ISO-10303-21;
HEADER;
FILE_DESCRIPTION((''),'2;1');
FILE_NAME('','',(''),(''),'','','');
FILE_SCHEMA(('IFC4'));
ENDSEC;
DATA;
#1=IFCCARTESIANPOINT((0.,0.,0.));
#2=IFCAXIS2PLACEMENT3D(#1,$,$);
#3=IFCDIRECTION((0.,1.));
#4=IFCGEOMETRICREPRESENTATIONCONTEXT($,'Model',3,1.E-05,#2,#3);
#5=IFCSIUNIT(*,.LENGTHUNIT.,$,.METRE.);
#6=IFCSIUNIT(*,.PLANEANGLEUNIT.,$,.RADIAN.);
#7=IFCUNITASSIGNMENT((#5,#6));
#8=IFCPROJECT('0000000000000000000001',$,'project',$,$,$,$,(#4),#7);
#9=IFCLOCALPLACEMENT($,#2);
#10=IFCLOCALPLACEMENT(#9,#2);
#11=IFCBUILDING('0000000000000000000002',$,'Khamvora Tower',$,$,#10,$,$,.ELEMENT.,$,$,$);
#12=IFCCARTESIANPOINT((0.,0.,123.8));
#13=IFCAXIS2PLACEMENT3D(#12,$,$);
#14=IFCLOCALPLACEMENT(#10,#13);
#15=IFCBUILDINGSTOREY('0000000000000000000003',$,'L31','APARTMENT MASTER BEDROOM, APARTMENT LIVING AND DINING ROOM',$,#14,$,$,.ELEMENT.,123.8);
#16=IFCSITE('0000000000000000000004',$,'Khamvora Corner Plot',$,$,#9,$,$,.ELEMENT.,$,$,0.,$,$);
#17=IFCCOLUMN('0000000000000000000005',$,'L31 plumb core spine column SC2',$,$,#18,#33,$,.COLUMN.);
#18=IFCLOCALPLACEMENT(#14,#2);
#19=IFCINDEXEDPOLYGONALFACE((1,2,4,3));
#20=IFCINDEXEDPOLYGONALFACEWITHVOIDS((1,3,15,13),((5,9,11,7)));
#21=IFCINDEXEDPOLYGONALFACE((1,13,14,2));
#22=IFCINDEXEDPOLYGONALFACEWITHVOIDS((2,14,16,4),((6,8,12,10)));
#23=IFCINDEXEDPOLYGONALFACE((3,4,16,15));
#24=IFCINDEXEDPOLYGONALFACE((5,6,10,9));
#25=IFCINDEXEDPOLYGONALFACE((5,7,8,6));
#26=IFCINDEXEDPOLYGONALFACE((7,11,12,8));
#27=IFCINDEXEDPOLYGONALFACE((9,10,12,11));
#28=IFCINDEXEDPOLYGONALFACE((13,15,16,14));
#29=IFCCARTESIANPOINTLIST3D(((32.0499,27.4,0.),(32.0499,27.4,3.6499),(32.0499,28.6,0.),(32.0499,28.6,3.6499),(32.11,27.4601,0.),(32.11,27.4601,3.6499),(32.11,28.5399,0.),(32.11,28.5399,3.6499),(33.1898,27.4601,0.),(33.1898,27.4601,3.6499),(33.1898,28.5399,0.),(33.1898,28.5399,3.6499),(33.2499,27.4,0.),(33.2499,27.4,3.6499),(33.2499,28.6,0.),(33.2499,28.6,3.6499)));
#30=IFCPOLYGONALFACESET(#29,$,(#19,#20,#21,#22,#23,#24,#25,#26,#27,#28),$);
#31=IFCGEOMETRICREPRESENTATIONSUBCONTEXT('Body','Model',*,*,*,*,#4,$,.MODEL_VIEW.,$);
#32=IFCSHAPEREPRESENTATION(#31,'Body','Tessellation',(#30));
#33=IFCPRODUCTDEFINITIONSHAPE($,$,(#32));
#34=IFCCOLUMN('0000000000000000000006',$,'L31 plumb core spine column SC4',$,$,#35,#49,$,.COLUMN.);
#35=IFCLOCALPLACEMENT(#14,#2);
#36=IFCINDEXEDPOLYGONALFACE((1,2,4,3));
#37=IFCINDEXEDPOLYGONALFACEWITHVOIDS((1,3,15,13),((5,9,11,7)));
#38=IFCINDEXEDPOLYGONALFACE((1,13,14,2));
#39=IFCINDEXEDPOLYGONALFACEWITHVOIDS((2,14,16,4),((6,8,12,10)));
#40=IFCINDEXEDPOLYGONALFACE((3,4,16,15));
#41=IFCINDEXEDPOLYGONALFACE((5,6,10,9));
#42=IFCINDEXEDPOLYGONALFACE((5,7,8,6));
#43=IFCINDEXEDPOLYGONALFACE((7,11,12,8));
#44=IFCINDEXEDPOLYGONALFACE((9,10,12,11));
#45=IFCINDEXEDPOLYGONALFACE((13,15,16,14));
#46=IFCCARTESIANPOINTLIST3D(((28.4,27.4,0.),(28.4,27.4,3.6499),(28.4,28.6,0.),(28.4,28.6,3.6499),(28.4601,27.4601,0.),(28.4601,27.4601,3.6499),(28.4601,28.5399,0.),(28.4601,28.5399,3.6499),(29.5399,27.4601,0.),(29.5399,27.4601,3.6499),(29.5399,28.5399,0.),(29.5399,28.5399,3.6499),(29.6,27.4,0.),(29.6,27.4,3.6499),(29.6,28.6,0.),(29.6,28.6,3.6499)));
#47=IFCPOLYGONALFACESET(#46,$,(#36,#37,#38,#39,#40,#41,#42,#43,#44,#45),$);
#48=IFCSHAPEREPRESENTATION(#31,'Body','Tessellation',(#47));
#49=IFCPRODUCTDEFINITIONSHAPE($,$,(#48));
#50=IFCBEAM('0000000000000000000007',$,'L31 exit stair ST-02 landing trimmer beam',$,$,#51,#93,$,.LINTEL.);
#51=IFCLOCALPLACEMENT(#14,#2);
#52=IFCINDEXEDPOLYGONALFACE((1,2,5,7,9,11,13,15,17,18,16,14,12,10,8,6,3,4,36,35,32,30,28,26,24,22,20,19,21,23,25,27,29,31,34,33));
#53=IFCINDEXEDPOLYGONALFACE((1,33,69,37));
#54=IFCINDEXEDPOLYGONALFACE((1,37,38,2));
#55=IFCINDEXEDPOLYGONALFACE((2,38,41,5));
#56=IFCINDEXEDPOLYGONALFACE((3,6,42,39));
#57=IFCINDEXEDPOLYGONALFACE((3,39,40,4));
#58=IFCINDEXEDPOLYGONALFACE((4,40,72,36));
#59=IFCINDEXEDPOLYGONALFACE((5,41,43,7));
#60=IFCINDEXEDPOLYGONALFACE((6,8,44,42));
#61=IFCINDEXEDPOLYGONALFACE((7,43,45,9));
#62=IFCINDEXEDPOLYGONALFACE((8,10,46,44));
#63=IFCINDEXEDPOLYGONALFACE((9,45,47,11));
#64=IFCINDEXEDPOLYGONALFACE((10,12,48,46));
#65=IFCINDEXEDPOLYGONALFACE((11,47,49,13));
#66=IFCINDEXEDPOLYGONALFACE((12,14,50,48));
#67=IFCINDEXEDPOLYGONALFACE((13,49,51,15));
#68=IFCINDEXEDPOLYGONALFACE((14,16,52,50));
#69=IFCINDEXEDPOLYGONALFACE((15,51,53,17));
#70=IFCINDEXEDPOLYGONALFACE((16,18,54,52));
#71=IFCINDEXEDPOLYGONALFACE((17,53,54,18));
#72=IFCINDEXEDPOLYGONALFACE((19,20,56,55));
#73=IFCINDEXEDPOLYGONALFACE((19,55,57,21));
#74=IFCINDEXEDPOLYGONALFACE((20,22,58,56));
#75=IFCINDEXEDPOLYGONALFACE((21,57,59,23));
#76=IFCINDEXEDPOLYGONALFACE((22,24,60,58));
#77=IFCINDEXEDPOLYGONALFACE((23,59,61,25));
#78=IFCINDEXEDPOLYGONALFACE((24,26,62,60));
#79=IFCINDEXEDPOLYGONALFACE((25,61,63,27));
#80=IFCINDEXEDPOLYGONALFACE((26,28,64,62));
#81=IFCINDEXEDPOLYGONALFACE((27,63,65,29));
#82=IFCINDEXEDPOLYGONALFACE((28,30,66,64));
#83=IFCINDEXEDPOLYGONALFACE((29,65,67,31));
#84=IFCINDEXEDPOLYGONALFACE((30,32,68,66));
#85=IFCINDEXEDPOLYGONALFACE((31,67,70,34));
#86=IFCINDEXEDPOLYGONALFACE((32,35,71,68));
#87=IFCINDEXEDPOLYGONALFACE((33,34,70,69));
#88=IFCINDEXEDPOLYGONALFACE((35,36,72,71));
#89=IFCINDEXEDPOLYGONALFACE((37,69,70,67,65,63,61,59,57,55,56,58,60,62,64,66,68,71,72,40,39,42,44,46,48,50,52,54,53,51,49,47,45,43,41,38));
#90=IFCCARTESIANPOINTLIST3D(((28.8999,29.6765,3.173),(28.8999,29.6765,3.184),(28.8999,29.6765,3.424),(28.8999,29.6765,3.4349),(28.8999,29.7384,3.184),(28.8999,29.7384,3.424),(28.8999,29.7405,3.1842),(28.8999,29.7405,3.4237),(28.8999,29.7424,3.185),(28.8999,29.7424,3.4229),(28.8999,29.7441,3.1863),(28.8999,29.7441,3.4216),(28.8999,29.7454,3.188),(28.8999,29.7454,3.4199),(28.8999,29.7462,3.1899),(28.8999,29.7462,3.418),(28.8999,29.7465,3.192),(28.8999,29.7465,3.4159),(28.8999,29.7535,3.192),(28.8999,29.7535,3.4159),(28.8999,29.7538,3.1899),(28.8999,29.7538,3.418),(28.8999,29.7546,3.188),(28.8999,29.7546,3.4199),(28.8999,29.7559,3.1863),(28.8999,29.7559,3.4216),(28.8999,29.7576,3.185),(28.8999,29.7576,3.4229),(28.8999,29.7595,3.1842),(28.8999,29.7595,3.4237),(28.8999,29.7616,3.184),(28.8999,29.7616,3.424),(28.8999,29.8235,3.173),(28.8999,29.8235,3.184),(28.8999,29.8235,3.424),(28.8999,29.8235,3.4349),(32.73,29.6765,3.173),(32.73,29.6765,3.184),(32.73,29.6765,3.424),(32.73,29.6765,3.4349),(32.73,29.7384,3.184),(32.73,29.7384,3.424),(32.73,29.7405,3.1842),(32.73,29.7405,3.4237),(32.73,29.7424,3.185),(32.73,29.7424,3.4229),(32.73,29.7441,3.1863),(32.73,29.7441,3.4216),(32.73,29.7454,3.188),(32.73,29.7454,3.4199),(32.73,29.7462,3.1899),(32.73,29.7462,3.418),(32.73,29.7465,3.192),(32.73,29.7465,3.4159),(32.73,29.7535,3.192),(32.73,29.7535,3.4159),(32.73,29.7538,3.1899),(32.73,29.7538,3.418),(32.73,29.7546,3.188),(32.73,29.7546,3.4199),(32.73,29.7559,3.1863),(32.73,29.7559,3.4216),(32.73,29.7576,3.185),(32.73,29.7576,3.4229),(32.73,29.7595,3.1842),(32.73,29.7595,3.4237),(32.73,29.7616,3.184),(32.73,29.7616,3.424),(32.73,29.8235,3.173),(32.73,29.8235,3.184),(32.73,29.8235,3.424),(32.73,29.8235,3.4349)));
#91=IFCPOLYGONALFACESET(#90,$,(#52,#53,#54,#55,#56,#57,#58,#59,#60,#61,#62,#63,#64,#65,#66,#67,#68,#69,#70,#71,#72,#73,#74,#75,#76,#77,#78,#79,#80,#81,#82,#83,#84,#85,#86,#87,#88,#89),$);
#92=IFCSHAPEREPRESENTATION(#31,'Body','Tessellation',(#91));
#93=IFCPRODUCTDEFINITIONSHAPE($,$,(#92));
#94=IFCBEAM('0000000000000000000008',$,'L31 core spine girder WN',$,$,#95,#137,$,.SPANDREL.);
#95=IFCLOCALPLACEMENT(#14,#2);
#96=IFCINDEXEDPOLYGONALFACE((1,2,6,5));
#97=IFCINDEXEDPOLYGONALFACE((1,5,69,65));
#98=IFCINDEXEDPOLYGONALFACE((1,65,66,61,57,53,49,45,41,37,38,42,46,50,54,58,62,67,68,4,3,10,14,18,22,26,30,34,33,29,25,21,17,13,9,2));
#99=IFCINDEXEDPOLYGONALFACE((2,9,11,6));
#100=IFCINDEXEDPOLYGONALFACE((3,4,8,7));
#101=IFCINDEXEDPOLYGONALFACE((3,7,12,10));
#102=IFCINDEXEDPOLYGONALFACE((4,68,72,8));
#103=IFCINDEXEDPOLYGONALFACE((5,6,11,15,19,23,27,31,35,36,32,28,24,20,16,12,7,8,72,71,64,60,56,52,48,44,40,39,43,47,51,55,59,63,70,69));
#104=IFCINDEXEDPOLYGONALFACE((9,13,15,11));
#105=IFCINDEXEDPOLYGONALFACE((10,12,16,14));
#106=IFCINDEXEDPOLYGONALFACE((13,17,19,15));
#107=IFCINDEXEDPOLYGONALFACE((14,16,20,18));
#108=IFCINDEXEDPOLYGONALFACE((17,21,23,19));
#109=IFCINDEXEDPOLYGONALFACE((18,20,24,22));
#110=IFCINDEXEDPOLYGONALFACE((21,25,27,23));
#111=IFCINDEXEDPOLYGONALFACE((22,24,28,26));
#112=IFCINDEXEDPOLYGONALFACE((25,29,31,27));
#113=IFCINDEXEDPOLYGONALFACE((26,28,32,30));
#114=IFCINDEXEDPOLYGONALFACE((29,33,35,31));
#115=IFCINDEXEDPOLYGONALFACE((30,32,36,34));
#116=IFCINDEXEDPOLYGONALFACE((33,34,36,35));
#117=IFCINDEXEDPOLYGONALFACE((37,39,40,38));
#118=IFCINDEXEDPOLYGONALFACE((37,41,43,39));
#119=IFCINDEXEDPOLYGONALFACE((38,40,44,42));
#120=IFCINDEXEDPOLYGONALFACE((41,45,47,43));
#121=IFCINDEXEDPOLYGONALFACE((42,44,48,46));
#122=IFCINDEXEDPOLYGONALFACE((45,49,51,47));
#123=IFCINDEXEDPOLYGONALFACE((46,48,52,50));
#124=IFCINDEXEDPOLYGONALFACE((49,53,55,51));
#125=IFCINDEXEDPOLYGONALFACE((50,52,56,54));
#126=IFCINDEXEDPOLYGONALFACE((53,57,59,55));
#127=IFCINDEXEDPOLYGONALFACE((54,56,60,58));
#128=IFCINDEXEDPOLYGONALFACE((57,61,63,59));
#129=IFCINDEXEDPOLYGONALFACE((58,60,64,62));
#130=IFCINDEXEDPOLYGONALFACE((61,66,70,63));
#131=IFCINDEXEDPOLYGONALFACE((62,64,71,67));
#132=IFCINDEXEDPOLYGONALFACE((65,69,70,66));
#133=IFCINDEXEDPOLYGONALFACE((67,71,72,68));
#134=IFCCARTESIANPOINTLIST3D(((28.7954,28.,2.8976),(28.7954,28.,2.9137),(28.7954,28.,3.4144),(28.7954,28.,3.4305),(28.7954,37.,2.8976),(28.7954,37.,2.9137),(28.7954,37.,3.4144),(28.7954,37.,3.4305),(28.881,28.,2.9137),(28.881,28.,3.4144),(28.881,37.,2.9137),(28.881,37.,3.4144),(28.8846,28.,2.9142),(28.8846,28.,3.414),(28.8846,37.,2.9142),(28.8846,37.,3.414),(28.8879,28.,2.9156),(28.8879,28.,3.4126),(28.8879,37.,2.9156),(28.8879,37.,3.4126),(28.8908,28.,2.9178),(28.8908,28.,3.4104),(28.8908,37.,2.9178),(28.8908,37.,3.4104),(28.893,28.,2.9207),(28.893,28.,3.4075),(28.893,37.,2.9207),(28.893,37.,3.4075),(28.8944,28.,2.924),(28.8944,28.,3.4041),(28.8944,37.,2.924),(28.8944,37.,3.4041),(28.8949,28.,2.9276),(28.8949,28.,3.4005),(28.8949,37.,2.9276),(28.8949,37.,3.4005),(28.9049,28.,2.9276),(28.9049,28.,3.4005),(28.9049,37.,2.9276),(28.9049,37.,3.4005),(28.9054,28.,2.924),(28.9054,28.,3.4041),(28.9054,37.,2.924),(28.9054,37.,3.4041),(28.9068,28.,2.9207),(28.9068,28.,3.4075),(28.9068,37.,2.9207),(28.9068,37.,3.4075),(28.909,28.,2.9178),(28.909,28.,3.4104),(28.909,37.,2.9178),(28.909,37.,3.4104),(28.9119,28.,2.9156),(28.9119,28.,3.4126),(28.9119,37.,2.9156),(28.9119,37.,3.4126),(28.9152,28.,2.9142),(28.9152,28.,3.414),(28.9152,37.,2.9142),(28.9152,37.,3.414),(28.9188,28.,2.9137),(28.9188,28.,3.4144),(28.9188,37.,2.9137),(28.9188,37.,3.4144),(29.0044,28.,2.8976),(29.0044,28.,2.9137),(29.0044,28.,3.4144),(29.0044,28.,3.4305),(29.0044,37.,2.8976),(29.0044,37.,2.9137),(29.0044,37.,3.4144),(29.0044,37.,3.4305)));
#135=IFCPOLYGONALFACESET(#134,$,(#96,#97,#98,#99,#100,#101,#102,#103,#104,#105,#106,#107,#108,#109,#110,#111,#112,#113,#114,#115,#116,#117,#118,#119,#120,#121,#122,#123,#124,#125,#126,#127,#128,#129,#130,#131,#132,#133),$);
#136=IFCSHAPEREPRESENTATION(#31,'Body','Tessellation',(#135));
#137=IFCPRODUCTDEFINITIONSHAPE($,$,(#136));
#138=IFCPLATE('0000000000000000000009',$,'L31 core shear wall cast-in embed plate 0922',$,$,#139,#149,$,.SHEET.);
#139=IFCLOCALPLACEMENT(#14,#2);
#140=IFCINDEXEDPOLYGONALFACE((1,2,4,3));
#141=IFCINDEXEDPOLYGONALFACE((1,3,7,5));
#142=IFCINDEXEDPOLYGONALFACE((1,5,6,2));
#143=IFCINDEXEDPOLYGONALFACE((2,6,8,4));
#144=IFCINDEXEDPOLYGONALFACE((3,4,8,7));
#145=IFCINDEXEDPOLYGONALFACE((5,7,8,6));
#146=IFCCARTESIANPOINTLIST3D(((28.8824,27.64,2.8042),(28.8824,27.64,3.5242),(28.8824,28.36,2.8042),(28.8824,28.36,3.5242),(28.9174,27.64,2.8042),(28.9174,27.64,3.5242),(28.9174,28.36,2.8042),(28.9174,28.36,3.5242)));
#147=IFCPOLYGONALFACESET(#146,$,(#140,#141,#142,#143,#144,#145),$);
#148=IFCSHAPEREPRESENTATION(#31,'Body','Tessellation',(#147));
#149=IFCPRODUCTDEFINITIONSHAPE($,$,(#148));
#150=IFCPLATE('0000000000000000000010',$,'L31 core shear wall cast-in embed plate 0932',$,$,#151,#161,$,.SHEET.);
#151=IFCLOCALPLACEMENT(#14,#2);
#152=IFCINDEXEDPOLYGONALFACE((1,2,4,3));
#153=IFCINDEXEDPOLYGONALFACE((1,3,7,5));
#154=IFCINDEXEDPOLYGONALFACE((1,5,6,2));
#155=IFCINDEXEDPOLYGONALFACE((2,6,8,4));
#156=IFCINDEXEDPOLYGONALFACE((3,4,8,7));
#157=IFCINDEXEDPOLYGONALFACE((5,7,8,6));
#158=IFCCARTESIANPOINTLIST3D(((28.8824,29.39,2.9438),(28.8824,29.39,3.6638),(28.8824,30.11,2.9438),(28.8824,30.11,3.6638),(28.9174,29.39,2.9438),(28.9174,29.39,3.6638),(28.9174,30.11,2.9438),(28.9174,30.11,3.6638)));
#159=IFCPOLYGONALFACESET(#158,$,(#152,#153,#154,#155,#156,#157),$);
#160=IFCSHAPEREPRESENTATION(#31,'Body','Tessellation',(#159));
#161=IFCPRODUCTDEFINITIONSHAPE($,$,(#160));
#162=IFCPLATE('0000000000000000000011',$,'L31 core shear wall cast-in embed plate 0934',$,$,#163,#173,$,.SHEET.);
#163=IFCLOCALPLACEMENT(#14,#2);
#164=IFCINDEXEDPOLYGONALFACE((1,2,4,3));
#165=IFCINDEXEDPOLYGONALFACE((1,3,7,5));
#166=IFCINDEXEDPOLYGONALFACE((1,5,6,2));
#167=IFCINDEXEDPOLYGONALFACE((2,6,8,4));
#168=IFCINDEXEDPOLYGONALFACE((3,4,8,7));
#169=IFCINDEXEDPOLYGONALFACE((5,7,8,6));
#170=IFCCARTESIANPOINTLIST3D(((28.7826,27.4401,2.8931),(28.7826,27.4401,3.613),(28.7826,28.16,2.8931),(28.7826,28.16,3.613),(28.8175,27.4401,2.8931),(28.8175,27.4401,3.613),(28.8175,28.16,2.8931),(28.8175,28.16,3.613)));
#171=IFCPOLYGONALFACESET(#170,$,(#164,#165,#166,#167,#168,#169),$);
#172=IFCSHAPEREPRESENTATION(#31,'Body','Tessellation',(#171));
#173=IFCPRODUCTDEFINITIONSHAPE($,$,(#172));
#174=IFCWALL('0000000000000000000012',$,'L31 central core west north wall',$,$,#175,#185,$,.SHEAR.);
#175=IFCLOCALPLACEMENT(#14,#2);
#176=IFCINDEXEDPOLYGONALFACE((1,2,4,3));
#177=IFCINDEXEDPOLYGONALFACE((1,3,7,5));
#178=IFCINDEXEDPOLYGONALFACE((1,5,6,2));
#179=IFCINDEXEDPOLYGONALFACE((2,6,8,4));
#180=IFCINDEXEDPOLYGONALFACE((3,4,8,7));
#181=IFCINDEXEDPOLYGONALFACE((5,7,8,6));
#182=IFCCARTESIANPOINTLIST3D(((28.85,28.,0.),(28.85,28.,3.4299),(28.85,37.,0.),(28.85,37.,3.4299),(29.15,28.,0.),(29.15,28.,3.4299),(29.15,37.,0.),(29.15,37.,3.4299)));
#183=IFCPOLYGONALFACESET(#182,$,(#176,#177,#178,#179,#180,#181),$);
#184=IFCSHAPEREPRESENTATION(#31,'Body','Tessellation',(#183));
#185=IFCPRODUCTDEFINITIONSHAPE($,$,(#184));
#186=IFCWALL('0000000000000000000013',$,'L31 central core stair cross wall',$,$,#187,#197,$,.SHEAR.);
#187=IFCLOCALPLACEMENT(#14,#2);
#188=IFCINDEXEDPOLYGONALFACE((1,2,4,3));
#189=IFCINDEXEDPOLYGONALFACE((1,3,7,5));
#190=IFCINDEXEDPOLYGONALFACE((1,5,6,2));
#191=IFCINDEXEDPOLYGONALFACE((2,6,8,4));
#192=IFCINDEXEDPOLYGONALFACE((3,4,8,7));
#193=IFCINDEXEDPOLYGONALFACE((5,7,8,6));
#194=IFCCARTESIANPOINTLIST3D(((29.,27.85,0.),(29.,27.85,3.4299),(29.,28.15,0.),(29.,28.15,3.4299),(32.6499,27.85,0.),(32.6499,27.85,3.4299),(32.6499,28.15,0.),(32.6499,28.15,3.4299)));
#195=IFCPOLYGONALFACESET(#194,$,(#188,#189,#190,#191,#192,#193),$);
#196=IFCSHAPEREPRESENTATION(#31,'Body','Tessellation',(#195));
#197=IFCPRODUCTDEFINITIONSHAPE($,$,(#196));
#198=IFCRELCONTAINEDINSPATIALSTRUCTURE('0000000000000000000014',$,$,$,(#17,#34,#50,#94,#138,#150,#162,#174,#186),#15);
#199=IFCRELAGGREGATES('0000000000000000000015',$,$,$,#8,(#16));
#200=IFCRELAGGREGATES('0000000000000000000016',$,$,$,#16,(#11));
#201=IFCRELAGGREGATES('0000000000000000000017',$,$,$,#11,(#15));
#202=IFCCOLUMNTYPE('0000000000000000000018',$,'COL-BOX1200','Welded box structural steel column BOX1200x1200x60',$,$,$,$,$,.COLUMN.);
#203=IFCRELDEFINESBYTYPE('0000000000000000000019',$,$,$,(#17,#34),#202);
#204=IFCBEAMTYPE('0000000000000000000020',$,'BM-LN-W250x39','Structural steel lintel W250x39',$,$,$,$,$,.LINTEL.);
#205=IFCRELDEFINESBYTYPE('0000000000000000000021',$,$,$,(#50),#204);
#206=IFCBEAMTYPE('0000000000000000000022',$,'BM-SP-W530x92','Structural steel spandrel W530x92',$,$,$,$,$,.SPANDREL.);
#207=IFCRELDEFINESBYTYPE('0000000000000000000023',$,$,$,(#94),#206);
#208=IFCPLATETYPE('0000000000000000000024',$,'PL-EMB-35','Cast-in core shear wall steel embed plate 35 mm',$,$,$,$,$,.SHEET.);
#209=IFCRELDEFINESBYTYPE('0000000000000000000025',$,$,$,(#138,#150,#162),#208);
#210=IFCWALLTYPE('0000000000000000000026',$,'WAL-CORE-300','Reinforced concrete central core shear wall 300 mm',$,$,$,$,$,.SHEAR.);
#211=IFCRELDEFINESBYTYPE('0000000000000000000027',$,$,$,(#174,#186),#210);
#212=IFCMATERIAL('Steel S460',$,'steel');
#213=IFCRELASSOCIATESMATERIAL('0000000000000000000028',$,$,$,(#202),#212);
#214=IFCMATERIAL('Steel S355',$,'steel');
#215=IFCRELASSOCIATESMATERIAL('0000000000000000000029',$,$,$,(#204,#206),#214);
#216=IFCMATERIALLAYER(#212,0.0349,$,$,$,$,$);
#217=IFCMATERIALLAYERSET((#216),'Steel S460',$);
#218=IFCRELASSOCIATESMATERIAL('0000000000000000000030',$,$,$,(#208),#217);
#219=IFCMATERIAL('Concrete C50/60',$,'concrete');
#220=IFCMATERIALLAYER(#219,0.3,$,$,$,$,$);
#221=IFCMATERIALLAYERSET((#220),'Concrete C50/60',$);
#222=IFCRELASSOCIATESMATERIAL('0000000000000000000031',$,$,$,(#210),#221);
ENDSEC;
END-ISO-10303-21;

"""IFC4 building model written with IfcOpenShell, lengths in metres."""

from ifc_helpers import new_model, si_unit, direction, frame, frame_2d, origin, origin_2d, place, context, subcontext, project, spatial, rectangle, hollow_rectangle, i_section, extrude, material, layer, layer_set, material_profile, profile_set, type_object, element, save


model = new_model("IFC4")

# Units and contexts
model_context = context("Model", 3, precision=1e-05, world=origin(), true_north=direction((0.0, 1.0)))
body_context = subcontext(model_context, "Body", "Model", "MODEL_VIEW")
ifc_project = project(units=[si_unit("LENGTHUNIT", "METRE"), si_unit("PLANEANGLEUNIT", "RADIAN")], contexts=[model_context])

# Site, building, storey
site_placement = place(None, origin())
site = spatial("IfcSite", under=ifc_project, at=site_placement, Name="Khamvora Corner Plot", CompositionType="ELEMENT", RefElevation=0.0)
building_placement = place(site_placement, origin())
building = spatial("IfcBuilding", under=site, at=building_placement, Name="Khamvora Tower", CompositionType="ELEMENT")
storey_placement = place(building_placement, frame((0.0, 0.0, 123.8)))
storey = spatial("IfcBuildingStorey", under=building, at=storey_placement, Name="L31", Description="APARTMENT MASTER BEDROOM, APARTMENT LIVING AND DINING ROOM", CompositionType="ELEMENT", Elevation=123.8)

# Columns
ifc_material_1 = material(Name="Steel S460", Category="steel")
ifc_material_profile_1 = material_profile(ifc_material_1, hollow_rectangle(XDim=1.2, YDim=1.2, WallThickness=0.0601, at=origin_2d()), Name="BOX1200x1200x60")
ifc_profile_set_1 = profile_set([ifc_material_profile_1], Name="Steel S460")
column_type = type_object("IfcColumnType", Name="COL-BOX1200", Description="Welded box structural steel column BOX1200x1200x60", PredefinedType="COLUMN", material=ifc_profile_set_1)
for number, where, z_axis, x_axis, name in (
    (1, (32.6499, 28.0, 0.0), (0.0, 0.0, 1.0), (1.0, 0.0, 0.0), "L31 plumb core spine column SC2"),
    (2, (29.0, 28.0, 0.0), (0.0, 0.0, 1.0), (1.0, 0.0, 0.0), "L31 plumb core spine column SC4"),
):
    element("IfcColumn", number, at=place(storey_placement, frame(where, z_axis=z_axis, x_axis=x_axis)), inside=storey, type_object=column_type, Name=name, PredefinedType="COLUMN", context=body_context, shape_type="SweptSolid", body=[
        extrude(hollow_rectangle(XDim=1.2, YDim=1.2, WallThickness=0.0601, at=origin_2d()), origin(), (0.0, 0.0, 1.0), 3.6499),
    ])

# Beams
ifc_material_2 = material(Name="Steel S355", Category="steel")
ifc_material_profile_2 = material_profile(ifc_material_2, i_section(OverallWidth=0.147, OverallDepth=0.262, WebThickness=0.0071, FlangeThickness=0.011, FilletRadius=0.0081, at=origin_2d()), Name="W250x39")
ifc_profile_set_2 = profile_set([ifc_material_profile_2], Name="Steel S355")
beam_type_1 = type_object("IfcBeamType", Name="BM-LN-W250x39", Description="Structural steel lintel W250x39", PredefinedType="LINTEL", material=ifc_profile_set_2)
beam_1_placement = place(storey_placement, frame((28.8999, 29.75, 3.304), z_axis=(1.0, 0.0, 0.0), x_axis=(0.0, 1.0, 0.0)))
element("IfcBeam", 3, at=beam_1_placement, inside=storey, type_object=beam_type_1, Name="L31 exit stair ST-02 landing trimmer beam", PredefinedType="LINTEL", context=body_context, shape_type="SweptSolid", body=[
    extrude(i_section(OverallWidth=0.147, OverallDepth=0.262, WebThickness=0.0071, FlangeThickness=0.011, FilletRadius=0.0081, at=origin_2d()), origin(), (0.0, 0.0, 1.0), 3.8301),
])
ifc_material_profile_3 = material_profile(ifc_material_2, i_section(OverallWidth=0.209, OverallDepth=0.533, WebThickness=0.01, FlangeThickness=0.0161, FilletRadius=0.0139, at=origin_2d()), Name="W530x92")
ifc_profile_set_3 = profile_set([ifc_material_profile_3], Name="Steel S355")
beam_type_2 = type_object("IfcBeamType", Name="BM-SP-W530x92", Description="Structural steel spandrel W530x92", PredefinedType="SPANDREL", material=ifc_profile_set_3)
beam_2_placement = place(storey_placement, frame((28.8999, 28.0, 3.1641), z_axis=(0.0, 1.0, 0.0), x_axis=(-1.0, 0.0, 0.0)))
element("IfcBeam", 4, at=beam_2_placement, inside=storey, type_object=beam_type_2, Name="L31 core spine girder WN", PredefinedType="SPANDREL", context=body_context, shape_type="SweptSolid", body=[
    extrude(i_section(OverallWidth=0.209, OverallDepth=0.533, WebThickness=0.01, FlangeThickness=0.0161, FilletRadius=0.0139, at=origin_2d()), origin(), (0.0, 0.0, 1.0), 9.0),
])

# Plates
ifc_layer_1 = layer(ifc_material_1, 0.0349)
ifc_layer_set_1 = layer_set([ifc_layer_1], Name="Steel S460")
plate_type = type_object("IfcPlateType", Name="PL-EMB-35", Description="Cast-in core shear wall steel embed plate 35 mm", PredefinedType="SHEET", material=ifc_layer_set_1)
for number, where, z_axis, x_axis, name in (
    (5, (28.8999, 28.0, 2.8042), (0.0, 0.0, 1.0), (1.0, 0.0, 0.0), "L31 core shear wall cast-in embed plate 0922"),
    (6, (28.8999, 29.75, 2.9438), (0.0, 0.0, 1.0), (1.0, 0.0, 0.0), "L31 core shear wall cast-in embed plate 0932"),
    (7, (28.8, 27.8, 2.8931), (0.0, 0.0, 1.0), (1.0, 0.0, 0.0), "L31 core shear wall cast-in embed plate 0934"),
):
    element("IfcPlate", number, at=place(storey_placement, frame(where, z_axis=z_axis, x_axis=x_axis)), inside=storey, type_object=plate_type, Name=name, PredefinedType="SHEET", context=body_context, shape_type="SweptSolid", body=[
        extrude(rectangle(XDim=0.0349, YDim=0.72, at=origin_2d()), origin(), (0.0, 0.0, 1.0), 0.72),
    ])

# Walls
ifc_material_3 = material(Name="Concrete C50/60", Category="concrete")
ifc_layer_2 = layer(ifc_material_3, 0.3)
ifc_layer_set_2 = layer_set([ifc_layer_2], Name="Concrete C50/60")
wall_type_1 = type_object("IfcWallType", Name="WAL-CORE-300", Description="Reinforced concrete central core shear wall 300 mm", PredefinedType="SHEAR", material=ifc_layer_set_2)
wall_1_placement = place(storey_placement, frame((29.0, 28.0, 0.0), z_axis=(0.0, 0.0, 1.0), x_axis=(0.0, 1.0, 0.0)))
element("IfcWall", 8, at=wall_1_placement, inside=storey, type_object=wall_type_1, Name="L31 central core west north wall", PredefinedType="SHEAR", context=body_context, shape_type="SweptSolid", body=[
    extrude(rectangle(XDim=9.0, YDim=0.3, at=frame_2d((4.5, 0.0))), origin(), (0.0, 0.0, 1.0), 3.4299),
])
wall_2_placement = place(storey_placement, frame((29.0, 28.0, 0.0), z_axis=(0.0, 0.0, 1.0), x_axis=(1.0, 0.0, 0.0)))
element("IfcWall", 9, at=wall_2_placement, inside=storey, type_object=wall_type_1, Name="L31 central core stair cross wall", PredefinedType="SHEAR", context=body_context, shape_type="SweptSolid", body=[
    extrude(rectangle(XDim=3.6499, YDim=0.3, at=frame_2d((1.825, 0.0))), origin(), (0.0, 0.0, 1.0), 3.4299),
])

save(model, "model.ifc")
